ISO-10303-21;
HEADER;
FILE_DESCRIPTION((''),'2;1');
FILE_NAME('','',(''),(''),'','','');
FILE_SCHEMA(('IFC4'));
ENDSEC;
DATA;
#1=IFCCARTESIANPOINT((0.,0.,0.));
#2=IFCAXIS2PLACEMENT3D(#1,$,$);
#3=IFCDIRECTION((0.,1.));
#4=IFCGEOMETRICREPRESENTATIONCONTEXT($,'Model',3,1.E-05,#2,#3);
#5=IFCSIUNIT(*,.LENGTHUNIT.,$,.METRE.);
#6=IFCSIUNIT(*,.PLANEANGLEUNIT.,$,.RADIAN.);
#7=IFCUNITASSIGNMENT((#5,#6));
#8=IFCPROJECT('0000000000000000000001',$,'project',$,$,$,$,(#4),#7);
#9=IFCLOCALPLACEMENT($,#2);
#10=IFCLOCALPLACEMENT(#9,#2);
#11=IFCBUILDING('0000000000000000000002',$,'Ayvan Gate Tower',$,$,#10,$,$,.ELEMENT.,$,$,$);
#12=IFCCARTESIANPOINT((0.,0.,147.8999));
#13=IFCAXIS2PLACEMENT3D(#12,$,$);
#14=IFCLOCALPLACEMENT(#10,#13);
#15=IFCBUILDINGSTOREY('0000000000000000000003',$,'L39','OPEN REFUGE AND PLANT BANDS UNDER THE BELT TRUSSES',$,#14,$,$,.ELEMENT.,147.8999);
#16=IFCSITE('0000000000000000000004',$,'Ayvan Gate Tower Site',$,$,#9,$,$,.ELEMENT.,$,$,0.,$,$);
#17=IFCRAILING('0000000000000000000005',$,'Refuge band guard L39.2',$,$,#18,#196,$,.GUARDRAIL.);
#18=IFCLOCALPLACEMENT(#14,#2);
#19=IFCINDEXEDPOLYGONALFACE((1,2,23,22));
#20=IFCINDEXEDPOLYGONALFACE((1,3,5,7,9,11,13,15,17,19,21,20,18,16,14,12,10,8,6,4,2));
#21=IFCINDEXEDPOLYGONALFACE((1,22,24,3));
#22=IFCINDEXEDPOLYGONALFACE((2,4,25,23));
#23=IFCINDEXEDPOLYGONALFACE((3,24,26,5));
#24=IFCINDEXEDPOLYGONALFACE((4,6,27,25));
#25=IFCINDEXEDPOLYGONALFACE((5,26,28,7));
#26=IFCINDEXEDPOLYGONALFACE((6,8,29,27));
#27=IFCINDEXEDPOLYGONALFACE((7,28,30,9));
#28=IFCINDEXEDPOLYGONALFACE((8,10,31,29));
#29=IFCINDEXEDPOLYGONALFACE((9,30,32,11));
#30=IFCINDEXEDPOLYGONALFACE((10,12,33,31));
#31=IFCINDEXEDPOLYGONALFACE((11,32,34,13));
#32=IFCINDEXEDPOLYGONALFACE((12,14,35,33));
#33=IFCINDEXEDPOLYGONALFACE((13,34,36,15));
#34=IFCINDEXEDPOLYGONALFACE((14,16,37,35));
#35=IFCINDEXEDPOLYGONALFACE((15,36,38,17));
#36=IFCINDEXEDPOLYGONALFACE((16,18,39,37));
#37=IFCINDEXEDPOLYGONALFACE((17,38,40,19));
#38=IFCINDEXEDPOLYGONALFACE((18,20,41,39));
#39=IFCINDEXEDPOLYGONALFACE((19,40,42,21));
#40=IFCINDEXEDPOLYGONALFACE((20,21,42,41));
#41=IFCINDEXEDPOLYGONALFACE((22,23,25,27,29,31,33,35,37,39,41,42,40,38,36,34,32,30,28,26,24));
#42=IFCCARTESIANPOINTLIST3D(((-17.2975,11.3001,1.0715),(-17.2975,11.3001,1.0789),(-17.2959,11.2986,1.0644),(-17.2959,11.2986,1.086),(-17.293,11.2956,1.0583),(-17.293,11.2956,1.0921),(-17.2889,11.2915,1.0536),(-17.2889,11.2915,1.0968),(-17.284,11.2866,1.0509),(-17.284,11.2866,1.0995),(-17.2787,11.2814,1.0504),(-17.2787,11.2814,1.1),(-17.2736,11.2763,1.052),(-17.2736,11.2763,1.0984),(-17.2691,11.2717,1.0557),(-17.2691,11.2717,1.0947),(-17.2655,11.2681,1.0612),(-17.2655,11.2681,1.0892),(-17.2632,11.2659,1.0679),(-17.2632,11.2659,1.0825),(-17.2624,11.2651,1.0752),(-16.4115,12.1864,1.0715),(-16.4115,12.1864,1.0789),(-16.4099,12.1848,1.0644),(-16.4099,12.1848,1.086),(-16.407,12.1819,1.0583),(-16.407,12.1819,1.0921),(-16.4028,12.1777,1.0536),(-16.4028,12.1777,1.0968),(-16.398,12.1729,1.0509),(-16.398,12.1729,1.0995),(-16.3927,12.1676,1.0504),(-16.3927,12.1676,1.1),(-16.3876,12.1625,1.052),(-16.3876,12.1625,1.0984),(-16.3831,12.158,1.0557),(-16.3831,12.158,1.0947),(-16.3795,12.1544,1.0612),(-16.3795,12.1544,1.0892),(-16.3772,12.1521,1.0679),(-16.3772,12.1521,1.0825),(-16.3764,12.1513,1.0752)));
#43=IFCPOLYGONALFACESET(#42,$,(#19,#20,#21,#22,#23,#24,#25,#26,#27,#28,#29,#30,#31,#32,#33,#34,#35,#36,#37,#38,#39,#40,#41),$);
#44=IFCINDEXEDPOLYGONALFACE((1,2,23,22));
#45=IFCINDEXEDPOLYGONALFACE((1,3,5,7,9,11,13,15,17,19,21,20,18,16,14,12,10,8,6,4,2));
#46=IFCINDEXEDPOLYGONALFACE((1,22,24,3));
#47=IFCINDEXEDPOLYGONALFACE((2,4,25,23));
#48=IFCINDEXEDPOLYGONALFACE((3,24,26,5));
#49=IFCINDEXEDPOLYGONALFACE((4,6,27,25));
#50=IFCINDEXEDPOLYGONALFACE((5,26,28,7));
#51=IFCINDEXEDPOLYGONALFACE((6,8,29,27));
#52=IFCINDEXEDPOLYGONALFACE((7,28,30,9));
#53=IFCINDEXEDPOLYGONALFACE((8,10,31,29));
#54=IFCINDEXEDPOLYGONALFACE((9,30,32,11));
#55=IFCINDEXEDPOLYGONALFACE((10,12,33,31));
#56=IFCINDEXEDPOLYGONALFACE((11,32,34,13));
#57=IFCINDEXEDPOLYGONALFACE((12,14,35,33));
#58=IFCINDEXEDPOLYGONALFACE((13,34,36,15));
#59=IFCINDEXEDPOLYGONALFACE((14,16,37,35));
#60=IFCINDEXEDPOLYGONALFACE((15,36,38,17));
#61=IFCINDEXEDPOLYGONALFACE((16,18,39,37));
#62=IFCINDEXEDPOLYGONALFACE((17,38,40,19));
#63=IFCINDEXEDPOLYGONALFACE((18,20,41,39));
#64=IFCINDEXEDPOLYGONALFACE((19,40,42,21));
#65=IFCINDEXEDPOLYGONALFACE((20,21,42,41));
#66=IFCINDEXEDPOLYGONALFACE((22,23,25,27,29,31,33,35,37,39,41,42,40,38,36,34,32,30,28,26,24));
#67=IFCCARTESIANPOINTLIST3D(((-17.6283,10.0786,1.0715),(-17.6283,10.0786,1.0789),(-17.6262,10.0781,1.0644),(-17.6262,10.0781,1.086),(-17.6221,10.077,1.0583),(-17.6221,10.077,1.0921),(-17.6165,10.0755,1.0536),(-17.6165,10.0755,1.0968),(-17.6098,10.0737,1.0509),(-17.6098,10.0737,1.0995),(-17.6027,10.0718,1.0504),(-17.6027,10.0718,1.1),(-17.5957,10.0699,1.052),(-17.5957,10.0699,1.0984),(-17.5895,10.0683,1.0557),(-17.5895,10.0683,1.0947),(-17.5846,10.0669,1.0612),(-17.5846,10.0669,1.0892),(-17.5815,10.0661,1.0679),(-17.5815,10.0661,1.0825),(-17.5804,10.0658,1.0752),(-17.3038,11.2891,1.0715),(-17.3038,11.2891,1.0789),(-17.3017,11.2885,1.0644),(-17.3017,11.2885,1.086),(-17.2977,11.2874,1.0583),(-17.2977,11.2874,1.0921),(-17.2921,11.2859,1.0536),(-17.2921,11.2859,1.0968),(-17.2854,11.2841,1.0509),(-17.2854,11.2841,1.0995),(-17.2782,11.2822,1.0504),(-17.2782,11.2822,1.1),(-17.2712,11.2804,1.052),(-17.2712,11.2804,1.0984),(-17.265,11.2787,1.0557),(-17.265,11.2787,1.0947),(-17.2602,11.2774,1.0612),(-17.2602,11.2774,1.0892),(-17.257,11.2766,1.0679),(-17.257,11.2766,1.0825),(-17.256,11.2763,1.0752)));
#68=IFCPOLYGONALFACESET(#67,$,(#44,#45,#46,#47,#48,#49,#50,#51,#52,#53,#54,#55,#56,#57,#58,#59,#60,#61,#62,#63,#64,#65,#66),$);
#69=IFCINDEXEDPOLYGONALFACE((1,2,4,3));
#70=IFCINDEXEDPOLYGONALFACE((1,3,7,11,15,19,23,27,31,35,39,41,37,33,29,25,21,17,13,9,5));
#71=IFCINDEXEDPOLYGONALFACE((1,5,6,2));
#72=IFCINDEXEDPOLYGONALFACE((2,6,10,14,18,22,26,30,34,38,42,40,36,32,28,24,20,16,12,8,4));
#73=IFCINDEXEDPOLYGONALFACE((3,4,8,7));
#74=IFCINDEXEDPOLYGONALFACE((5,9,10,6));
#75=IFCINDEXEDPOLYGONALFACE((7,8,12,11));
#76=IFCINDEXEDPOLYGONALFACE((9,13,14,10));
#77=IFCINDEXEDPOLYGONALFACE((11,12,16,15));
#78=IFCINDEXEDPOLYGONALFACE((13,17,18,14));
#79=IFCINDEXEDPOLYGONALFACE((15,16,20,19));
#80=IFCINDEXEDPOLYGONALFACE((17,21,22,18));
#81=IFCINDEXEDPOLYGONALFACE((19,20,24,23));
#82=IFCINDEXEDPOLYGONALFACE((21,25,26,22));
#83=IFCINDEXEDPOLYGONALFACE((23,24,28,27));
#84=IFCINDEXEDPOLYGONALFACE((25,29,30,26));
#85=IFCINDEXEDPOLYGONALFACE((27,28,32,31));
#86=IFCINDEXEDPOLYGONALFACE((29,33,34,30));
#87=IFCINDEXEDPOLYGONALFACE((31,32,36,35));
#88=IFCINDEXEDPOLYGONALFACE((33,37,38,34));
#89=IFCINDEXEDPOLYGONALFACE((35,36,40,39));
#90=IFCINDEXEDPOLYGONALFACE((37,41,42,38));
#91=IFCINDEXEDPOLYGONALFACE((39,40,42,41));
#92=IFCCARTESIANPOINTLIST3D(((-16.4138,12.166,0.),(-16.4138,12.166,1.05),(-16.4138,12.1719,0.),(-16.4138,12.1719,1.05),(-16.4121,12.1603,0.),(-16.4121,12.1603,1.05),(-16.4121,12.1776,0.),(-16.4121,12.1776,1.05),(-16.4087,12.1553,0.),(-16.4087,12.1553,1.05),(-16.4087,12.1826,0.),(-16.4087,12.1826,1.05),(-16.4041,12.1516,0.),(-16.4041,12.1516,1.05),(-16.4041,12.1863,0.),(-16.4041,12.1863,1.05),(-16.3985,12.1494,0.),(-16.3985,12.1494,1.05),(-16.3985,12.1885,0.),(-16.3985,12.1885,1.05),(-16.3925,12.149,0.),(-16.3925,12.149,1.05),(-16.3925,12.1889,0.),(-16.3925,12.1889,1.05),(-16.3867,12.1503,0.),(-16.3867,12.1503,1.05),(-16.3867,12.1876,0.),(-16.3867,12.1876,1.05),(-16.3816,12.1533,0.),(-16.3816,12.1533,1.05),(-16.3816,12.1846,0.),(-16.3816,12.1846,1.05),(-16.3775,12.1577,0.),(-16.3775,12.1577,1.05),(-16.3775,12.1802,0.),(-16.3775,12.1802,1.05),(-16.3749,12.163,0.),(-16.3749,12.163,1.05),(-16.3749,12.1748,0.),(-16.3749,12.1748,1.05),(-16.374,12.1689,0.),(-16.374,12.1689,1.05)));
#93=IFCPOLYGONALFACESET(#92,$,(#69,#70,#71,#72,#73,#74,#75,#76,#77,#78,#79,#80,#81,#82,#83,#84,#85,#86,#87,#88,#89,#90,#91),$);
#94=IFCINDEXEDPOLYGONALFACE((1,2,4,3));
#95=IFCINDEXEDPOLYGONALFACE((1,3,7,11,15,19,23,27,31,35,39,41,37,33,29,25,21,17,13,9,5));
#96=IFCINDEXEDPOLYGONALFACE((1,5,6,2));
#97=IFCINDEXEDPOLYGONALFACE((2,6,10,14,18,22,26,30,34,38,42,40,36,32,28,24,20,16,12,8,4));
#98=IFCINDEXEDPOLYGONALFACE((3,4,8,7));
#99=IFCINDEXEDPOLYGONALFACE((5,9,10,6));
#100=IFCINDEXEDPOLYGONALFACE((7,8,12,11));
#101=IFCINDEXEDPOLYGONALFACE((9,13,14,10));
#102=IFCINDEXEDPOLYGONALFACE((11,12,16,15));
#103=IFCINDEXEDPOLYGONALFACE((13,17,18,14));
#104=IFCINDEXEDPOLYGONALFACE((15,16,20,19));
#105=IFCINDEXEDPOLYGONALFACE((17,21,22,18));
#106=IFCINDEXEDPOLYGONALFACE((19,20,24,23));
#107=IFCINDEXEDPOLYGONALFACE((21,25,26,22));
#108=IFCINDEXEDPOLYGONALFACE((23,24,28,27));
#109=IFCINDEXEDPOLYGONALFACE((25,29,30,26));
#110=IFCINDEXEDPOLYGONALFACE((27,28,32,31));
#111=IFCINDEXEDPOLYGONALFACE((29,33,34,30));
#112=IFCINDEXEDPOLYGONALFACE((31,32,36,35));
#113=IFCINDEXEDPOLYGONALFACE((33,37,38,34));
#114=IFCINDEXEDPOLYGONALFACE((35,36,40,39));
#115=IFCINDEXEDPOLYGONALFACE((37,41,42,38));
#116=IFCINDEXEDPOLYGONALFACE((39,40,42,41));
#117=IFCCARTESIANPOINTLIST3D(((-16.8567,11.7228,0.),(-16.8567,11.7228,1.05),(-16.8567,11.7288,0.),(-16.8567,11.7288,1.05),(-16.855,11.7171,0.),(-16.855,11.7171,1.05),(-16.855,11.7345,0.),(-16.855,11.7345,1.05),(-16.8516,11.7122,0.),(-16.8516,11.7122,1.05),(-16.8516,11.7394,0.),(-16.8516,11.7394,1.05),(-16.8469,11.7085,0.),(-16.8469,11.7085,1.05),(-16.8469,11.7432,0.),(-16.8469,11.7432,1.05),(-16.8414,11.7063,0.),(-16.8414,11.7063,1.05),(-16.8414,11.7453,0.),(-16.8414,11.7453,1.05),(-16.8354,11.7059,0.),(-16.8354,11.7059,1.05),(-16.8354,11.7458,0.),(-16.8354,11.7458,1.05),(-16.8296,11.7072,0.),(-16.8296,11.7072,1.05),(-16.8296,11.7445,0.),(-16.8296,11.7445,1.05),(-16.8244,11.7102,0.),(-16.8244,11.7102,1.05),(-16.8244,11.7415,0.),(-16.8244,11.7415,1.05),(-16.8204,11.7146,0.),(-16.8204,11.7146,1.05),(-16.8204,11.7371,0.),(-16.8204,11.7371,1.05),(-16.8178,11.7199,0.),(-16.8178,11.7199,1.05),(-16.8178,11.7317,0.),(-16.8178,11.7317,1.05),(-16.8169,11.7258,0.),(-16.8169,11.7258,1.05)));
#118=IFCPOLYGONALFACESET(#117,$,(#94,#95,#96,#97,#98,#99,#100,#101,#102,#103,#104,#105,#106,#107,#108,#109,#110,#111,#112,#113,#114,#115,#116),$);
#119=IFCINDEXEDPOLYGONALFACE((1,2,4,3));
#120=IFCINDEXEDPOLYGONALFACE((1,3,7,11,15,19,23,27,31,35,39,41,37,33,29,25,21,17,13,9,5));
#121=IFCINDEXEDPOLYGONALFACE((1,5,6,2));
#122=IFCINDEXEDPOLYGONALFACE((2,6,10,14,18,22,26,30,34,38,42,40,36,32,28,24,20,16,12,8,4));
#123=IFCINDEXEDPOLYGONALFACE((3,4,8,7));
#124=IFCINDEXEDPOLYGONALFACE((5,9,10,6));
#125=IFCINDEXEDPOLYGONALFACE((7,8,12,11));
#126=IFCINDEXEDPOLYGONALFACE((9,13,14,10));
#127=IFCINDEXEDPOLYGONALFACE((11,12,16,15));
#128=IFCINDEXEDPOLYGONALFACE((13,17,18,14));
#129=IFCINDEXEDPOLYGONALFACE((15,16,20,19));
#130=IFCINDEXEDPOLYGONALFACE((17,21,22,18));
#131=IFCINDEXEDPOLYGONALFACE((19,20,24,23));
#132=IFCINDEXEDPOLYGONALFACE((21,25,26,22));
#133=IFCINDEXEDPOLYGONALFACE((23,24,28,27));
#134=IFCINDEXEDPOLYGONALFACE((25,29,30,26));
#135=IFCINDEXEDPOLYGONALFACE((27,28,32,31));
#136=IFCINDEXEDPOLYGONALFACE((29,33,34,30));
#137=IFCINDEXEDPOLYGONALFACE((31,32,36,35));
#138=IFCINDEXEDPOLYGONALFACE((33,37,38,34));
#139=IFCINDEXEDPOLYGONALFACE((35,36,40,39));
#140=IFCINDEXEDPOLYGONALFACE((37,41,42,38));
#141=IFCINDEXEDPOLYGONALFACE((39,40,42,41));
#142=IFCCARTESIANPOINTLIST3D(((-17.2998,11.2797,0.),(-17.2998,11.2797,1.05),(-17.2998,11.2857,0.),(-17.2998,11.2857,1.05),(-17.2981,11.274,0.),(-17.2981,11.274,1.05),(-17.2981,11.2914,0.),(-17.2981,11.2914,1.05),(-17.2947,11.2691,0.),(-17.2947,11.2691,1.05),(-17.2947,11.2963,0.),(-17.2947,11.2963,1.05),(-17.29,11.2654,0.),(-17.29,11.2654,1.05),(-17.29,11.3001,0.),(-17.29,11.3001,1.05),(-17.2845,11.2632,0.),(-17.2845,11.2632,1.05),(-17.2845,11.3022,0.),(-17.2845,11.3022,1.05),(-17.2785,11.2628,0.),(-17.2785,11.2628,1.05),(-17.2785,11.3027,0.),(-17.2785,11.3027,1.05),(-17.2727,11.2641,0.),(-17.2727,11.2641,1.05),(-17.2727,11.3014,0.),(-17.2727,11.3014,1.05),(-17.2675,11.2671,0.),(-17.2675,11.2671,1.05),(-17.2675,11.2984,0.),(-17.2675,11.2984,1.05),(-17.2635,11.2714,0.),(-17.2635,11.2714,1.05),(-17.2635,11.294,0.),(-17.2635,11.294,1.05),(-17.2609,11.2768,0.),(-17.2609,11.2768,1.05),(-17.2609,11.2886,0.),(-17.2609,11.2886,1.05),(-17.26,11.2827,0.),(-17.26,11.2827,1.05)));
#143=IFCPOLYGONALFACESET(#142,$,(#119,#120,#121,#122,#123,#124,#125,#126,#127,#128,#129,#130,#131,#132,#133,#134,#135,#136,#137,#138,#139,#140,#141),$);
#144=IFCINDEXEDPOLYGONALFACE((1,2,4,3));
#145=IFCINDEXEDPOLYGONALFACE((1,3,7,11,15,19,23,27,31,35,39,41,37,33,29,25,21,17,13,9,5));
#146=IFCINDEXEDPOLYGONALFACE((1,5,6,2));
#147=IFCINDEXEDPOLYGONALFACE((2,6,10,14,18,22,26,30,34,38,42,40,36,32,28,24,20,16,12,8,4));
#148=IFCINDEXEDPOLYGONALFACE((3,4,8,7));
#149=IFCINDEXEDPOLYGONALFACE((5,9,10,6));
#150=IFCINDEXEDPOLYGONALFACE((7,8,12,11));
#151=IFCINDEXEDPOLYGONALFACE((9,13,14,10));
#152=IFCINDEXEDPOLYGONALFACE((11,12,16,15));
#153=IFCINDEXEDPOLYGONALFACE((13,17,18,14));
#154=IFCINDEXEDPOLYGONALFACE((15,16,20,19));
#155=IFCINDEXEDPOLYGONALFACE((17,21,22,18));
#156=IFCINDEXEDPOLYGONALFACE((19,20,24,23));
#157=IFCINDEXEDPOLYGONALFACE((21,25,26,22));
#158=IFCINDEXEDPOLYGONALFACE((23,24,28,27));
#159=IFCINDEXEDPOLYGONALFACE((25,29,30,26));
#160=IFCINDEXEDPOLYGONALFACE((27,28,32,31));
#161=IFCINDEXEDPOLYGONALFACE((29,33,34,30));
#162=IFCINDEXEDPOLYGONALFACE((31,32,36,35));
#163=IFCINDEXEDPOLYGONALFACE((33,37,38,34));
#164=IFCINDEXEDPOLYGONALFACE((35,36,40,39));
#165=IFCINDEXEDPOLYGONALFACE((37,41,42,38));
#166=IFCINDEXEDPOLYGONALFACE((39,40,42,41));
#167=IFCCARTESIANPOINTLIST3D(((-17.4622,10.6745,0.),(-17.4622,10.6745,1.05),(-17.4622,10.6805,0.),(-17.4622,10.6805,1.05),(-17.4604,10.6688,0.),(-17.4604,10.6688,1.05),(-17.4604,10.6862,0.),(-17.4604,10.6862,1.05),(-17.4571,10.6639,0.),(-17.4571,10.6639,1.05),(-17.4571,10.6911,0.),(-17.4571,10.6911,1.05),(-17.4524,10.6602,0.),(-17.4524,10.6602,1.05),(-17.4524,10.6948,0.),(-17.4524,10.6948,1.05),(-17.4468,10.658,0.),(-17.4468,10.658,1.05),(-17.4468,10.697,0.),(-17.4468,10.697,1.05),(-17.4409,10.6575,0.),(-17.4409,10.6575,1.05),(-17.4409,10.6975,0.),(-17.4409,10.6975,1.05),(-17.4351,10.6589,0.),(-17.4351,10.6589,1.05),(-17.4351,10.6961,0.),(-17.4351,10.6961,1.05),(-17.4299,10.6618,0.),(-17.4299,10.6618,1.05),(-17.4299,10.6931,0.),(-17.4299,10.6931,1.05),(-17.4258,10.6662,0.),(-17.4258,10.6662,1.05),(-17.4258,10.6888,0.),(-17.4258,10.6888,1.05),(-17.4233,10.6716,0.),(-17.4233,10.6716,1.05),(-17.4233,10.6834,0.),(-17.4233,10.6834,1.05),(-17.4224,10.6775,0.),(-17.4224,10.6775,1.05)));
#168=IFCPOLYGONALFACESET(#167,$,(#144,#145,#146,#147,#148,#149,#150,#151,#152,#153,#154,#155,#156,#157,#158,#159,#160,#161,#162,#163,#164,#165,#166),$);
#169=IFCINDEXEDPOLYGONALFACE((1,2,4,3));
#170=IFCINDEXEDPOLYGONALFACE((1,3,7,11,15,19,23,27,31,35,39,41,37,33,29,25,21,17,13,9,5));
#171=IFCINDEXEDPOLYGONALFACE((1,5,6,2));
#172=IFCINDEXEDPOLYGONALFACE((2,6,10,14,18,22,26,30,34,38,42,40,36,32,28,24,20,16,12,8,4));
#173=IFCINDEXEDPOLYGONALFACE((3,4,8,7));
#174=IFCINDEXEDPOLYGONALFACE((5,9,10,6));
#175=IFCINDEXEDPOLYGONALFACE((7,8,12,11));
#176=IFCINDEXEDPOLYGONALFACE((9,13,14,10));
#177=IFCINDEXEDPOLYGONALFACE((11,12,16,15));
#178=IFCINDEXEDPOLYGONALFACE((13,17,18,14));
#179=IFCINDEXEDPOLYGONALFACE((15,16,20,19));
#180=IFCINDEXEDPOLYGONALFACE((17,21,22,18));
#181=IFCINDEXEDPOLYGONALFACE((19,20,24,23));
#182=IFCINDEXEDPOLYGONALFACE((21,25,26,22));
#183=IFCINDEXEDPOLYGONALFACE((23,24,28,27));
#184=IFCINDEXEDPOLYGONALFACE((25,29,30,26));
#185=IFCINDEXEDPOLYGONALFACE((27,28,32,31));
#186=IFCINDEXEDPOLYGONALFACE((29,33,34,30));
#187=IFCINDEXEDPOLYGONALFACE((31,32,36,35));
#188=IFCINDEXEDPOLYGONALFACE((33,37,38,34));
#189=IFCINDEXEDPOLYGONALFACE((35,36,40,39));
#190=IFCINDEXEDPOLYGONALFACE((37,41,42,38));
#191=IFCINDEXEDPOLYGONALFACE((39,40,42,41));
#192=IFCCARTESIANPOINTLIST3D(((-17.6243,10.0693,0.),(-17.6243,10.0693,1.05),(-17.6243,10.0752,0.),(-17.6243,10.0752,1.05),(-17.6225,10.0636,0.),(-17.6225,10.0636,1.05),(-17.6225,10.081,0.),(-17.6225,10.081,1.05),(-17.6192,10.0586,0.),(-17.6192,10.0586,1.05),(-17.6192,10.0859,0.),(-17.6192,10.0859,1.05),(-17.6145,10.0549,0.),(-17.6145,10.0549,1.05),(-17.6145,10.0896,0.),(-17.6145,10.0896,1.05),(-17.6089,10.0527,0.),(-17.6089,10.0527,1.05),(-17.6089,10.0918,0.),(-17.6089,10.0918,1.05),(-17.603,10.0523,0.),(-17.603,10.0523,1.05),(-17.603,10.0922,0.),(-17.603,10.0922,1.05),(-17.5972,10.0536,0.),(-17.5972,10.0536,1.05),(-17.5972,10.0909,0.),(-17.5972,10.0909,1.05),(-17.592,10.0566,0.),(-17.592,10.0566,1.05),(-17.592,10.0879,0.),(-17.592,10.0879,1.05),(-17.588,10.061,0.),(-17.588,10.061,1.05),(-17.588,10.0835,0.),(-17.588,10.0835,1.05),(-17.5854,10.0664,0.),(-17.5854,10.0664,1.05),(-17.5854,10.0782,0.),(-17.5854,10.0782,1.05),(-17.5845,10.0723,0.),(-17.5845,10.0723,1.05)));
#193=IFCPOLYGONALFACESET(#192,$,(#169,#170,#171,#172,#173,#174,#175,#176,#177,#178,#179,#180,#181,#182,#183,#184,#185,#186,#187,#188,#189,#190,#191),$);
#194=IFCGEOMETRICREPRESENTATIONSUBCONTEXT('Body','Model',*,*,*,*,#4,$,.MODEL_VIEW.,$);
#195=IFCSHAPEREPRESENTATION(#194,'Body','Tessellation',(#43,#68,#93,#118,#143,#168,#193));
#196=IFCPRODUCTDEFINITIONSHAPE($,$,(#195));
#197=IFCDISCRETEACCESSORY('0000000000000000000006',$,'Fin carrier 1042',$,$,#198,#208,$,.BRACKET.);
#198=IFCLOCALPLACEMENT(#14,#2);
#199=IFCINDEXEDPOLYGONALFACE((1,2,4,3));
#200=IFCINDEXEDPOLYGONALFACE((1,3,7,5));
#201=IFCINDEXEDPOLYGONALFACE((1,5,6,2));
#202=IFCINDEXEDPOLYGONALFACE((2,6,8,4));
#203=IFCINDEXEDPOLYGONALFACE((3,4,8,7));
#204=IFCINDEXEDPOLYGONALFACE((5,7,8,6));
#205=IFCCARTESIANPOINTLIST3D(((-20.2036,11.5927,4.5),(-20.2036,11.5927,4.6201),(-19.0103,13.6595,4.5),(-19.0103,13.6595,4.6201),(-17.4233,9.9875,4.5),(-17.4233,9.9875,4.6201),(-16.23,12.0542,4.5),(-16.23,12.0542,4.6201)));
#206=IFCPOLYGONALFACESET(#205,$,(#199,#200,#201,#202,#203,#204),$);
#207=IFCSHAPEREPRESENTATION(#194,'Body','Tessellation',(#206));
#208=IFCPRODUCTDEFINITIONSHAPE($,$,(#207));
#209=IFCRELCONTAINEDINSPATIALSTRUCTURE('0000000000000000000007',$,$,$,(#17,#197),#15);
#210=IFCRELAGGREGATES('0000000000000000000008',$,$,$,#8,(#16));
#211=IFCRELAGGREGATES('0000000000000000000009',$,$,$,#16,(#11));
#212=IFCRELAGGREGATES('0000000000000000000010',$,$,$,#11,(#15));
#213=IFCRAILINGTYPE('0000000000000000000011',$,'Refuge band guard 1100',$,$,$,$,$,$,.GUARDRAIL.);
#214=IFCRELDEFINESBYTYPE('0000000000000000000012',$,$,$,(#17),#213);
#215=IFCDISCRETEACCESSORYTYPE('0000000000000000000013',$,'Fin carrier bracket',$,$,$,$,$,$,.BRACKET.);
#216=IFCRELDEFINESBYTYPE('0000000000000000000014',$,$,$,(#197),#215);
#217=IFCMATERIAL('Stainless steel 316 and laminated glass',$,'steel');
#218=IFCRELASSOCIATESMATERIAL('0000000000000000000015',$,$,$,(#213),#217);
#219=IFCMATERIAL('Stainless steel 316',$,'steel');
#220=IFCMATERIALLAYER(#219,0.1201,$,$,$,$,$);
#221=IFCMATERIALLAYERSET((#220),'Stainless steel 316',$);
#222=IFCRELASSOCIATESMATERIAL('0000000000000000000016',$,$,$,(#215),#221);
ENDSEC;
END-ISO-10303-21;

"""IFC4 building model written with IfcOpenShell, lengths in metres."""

from ifc_helpers import new_model, si_unit, direction, frame, origin, origin_2d, place, context, subcontext, project, spatial, rectangle, circle, extrude, material, layer, layer_set, type_object, element, save


model = new_model("IFC4")

# Units and contexts
model_context = context("Model", 3, precision=1e-05, world=origin(), true_north=direction((0.0, 1.0)))
body_context = subcontext(model_context, "Body", "Model", "MODEL_VIEW")
ifc_project = project(units=[si_unit("LENGTHUNIT", "METRE"), si_unit("PLANEANGLEUNIT", "RADIAN")], contexts=[model_context])

# Site, building, storey
site_placement = place(None, origin())
site = spatial("IfcSite", under=ifc_project, at=site_placement, Name="Ayvan Gate Tower Site", CompositionType="ELEMENT", RefElevation=0.0)
building_placement = place(site_placement, origin())
building = spatial("IfcBuilding", under=site, at=building_placement, Name="Ayvan Gate Tower", CompositionType="ELEMENT")
storey_placement = place(building_placement, frame((0.0, 0.0, 147.8999)))
storey = spatial("IfcBuildingStorey", under=building, at=storey_placement, Name="L39", Description="OPEN REFUGE AND PLANT BANDS UNDER THE BELT TRUSSES", CompositionType="ELEMENT", Elevation=147.8999)

# Railing
ifc_material_1 = material(Name="Stainless steel 316 and laminated glass", Category="steel")
railing_type = type_object("IfcRailingType", Name="Refuge band guard 1100", PredefinedType="GUARDRAIL", material=ifc_material_1)
railing_1_placement = place(storey_placement, frame((-16.394, 12.1689, 0.0)))
element("IfcRailing", 1, at=railing_1_placement, inside=storey, type_object=railing_type, Name="Refuge band guard L39.2", PredefinedType="GUARDRAIL", context=body_context, shape_type="SweptSolid", body=[
    extrude(circle(Radius=0.0249, at=origin_2d()), frame((0.0, 0.0, 1.0752), z_axis=(-0.707009, -0.707204, 0.0), x_axis=(0.707204, -0.707009, 0.0)), (0.0, 0.0, 1.0), 1.2532),
    extrude(circle(Radius=0.0249, at=origin_2d()), frame((-0.886, -0.8862, 1.0752), z_axis=(-0.258911, -0.965901, 0.0), x_axis=(0.965901, -0.258911, 0.0)), (0.0, 0.0, 1.0), 1.2532),
    extrude(circle(Radius=0.02, at=origin_2d()), origin(), (0.0, 0.0, 1.0), 1.05),
    extrude(circle(Radius=0.02, at=origin_2d()), frame((-0.4429, -0.4431, 0.0)), (0.0, 0.0, 1.0), 1.05),
    extrude(circle(Radius=0.02, at=origin_2d()), frame((-0.886, -0.8862, 0.0)), (0.0, 0.0, 1.0), 1.05),
    extrude(circle(Radius=0.02, at=origin_2d()), frame((-1.0483, -1.4915, 0.0)), (0.0, 0.0, 1.0), 1.05),
    extrude(circle(Radius=0.02, at=origin_2d()), frame((-1.2104, -2.0967, 0.0)), (0.0, 0.0, 1.0), 1.05),
])

# Discrete accessory
ifc_material_2 = material(Name="Stainless steel 316", Category="steel")
ifc_layer_1 = layer(ifc_material_2, 0.1201)
ifc_layer_set_1 = layer_set([ifc_layer_1], Name="Stainless steel 316")
discrete_accessory_type_1 = type_object("IfcDiscreteAccessoryType", Name="Fin carrier bracket", PredefinedType="BRACKET", material=ifc_layer_set_1)
discrete_accessory_1_placement = place(storey_placement, frame((-18.2168, 11.8235, 4.5), z_axis=(0.0, 0.0, 1.0), x_axis=(-0.5, -0.866025, 0.0)))
element("IfcDiscreteAccessory", 2, at=discrete_accessory_1_placement, inside=storey, type_object=discrete_accessory_type_1, Name="Fin carrier 1042", PredefinedType="BRACKET", context=body_context, shape_type="SweptSolid", body=[
    extrude(rectangle(XDim=2.3865, YDim=3.2104, at=origin_2d()), origin(), (0.0, 0.0, 1.0), 0.1201),
])

save(model, "model.ifc")
